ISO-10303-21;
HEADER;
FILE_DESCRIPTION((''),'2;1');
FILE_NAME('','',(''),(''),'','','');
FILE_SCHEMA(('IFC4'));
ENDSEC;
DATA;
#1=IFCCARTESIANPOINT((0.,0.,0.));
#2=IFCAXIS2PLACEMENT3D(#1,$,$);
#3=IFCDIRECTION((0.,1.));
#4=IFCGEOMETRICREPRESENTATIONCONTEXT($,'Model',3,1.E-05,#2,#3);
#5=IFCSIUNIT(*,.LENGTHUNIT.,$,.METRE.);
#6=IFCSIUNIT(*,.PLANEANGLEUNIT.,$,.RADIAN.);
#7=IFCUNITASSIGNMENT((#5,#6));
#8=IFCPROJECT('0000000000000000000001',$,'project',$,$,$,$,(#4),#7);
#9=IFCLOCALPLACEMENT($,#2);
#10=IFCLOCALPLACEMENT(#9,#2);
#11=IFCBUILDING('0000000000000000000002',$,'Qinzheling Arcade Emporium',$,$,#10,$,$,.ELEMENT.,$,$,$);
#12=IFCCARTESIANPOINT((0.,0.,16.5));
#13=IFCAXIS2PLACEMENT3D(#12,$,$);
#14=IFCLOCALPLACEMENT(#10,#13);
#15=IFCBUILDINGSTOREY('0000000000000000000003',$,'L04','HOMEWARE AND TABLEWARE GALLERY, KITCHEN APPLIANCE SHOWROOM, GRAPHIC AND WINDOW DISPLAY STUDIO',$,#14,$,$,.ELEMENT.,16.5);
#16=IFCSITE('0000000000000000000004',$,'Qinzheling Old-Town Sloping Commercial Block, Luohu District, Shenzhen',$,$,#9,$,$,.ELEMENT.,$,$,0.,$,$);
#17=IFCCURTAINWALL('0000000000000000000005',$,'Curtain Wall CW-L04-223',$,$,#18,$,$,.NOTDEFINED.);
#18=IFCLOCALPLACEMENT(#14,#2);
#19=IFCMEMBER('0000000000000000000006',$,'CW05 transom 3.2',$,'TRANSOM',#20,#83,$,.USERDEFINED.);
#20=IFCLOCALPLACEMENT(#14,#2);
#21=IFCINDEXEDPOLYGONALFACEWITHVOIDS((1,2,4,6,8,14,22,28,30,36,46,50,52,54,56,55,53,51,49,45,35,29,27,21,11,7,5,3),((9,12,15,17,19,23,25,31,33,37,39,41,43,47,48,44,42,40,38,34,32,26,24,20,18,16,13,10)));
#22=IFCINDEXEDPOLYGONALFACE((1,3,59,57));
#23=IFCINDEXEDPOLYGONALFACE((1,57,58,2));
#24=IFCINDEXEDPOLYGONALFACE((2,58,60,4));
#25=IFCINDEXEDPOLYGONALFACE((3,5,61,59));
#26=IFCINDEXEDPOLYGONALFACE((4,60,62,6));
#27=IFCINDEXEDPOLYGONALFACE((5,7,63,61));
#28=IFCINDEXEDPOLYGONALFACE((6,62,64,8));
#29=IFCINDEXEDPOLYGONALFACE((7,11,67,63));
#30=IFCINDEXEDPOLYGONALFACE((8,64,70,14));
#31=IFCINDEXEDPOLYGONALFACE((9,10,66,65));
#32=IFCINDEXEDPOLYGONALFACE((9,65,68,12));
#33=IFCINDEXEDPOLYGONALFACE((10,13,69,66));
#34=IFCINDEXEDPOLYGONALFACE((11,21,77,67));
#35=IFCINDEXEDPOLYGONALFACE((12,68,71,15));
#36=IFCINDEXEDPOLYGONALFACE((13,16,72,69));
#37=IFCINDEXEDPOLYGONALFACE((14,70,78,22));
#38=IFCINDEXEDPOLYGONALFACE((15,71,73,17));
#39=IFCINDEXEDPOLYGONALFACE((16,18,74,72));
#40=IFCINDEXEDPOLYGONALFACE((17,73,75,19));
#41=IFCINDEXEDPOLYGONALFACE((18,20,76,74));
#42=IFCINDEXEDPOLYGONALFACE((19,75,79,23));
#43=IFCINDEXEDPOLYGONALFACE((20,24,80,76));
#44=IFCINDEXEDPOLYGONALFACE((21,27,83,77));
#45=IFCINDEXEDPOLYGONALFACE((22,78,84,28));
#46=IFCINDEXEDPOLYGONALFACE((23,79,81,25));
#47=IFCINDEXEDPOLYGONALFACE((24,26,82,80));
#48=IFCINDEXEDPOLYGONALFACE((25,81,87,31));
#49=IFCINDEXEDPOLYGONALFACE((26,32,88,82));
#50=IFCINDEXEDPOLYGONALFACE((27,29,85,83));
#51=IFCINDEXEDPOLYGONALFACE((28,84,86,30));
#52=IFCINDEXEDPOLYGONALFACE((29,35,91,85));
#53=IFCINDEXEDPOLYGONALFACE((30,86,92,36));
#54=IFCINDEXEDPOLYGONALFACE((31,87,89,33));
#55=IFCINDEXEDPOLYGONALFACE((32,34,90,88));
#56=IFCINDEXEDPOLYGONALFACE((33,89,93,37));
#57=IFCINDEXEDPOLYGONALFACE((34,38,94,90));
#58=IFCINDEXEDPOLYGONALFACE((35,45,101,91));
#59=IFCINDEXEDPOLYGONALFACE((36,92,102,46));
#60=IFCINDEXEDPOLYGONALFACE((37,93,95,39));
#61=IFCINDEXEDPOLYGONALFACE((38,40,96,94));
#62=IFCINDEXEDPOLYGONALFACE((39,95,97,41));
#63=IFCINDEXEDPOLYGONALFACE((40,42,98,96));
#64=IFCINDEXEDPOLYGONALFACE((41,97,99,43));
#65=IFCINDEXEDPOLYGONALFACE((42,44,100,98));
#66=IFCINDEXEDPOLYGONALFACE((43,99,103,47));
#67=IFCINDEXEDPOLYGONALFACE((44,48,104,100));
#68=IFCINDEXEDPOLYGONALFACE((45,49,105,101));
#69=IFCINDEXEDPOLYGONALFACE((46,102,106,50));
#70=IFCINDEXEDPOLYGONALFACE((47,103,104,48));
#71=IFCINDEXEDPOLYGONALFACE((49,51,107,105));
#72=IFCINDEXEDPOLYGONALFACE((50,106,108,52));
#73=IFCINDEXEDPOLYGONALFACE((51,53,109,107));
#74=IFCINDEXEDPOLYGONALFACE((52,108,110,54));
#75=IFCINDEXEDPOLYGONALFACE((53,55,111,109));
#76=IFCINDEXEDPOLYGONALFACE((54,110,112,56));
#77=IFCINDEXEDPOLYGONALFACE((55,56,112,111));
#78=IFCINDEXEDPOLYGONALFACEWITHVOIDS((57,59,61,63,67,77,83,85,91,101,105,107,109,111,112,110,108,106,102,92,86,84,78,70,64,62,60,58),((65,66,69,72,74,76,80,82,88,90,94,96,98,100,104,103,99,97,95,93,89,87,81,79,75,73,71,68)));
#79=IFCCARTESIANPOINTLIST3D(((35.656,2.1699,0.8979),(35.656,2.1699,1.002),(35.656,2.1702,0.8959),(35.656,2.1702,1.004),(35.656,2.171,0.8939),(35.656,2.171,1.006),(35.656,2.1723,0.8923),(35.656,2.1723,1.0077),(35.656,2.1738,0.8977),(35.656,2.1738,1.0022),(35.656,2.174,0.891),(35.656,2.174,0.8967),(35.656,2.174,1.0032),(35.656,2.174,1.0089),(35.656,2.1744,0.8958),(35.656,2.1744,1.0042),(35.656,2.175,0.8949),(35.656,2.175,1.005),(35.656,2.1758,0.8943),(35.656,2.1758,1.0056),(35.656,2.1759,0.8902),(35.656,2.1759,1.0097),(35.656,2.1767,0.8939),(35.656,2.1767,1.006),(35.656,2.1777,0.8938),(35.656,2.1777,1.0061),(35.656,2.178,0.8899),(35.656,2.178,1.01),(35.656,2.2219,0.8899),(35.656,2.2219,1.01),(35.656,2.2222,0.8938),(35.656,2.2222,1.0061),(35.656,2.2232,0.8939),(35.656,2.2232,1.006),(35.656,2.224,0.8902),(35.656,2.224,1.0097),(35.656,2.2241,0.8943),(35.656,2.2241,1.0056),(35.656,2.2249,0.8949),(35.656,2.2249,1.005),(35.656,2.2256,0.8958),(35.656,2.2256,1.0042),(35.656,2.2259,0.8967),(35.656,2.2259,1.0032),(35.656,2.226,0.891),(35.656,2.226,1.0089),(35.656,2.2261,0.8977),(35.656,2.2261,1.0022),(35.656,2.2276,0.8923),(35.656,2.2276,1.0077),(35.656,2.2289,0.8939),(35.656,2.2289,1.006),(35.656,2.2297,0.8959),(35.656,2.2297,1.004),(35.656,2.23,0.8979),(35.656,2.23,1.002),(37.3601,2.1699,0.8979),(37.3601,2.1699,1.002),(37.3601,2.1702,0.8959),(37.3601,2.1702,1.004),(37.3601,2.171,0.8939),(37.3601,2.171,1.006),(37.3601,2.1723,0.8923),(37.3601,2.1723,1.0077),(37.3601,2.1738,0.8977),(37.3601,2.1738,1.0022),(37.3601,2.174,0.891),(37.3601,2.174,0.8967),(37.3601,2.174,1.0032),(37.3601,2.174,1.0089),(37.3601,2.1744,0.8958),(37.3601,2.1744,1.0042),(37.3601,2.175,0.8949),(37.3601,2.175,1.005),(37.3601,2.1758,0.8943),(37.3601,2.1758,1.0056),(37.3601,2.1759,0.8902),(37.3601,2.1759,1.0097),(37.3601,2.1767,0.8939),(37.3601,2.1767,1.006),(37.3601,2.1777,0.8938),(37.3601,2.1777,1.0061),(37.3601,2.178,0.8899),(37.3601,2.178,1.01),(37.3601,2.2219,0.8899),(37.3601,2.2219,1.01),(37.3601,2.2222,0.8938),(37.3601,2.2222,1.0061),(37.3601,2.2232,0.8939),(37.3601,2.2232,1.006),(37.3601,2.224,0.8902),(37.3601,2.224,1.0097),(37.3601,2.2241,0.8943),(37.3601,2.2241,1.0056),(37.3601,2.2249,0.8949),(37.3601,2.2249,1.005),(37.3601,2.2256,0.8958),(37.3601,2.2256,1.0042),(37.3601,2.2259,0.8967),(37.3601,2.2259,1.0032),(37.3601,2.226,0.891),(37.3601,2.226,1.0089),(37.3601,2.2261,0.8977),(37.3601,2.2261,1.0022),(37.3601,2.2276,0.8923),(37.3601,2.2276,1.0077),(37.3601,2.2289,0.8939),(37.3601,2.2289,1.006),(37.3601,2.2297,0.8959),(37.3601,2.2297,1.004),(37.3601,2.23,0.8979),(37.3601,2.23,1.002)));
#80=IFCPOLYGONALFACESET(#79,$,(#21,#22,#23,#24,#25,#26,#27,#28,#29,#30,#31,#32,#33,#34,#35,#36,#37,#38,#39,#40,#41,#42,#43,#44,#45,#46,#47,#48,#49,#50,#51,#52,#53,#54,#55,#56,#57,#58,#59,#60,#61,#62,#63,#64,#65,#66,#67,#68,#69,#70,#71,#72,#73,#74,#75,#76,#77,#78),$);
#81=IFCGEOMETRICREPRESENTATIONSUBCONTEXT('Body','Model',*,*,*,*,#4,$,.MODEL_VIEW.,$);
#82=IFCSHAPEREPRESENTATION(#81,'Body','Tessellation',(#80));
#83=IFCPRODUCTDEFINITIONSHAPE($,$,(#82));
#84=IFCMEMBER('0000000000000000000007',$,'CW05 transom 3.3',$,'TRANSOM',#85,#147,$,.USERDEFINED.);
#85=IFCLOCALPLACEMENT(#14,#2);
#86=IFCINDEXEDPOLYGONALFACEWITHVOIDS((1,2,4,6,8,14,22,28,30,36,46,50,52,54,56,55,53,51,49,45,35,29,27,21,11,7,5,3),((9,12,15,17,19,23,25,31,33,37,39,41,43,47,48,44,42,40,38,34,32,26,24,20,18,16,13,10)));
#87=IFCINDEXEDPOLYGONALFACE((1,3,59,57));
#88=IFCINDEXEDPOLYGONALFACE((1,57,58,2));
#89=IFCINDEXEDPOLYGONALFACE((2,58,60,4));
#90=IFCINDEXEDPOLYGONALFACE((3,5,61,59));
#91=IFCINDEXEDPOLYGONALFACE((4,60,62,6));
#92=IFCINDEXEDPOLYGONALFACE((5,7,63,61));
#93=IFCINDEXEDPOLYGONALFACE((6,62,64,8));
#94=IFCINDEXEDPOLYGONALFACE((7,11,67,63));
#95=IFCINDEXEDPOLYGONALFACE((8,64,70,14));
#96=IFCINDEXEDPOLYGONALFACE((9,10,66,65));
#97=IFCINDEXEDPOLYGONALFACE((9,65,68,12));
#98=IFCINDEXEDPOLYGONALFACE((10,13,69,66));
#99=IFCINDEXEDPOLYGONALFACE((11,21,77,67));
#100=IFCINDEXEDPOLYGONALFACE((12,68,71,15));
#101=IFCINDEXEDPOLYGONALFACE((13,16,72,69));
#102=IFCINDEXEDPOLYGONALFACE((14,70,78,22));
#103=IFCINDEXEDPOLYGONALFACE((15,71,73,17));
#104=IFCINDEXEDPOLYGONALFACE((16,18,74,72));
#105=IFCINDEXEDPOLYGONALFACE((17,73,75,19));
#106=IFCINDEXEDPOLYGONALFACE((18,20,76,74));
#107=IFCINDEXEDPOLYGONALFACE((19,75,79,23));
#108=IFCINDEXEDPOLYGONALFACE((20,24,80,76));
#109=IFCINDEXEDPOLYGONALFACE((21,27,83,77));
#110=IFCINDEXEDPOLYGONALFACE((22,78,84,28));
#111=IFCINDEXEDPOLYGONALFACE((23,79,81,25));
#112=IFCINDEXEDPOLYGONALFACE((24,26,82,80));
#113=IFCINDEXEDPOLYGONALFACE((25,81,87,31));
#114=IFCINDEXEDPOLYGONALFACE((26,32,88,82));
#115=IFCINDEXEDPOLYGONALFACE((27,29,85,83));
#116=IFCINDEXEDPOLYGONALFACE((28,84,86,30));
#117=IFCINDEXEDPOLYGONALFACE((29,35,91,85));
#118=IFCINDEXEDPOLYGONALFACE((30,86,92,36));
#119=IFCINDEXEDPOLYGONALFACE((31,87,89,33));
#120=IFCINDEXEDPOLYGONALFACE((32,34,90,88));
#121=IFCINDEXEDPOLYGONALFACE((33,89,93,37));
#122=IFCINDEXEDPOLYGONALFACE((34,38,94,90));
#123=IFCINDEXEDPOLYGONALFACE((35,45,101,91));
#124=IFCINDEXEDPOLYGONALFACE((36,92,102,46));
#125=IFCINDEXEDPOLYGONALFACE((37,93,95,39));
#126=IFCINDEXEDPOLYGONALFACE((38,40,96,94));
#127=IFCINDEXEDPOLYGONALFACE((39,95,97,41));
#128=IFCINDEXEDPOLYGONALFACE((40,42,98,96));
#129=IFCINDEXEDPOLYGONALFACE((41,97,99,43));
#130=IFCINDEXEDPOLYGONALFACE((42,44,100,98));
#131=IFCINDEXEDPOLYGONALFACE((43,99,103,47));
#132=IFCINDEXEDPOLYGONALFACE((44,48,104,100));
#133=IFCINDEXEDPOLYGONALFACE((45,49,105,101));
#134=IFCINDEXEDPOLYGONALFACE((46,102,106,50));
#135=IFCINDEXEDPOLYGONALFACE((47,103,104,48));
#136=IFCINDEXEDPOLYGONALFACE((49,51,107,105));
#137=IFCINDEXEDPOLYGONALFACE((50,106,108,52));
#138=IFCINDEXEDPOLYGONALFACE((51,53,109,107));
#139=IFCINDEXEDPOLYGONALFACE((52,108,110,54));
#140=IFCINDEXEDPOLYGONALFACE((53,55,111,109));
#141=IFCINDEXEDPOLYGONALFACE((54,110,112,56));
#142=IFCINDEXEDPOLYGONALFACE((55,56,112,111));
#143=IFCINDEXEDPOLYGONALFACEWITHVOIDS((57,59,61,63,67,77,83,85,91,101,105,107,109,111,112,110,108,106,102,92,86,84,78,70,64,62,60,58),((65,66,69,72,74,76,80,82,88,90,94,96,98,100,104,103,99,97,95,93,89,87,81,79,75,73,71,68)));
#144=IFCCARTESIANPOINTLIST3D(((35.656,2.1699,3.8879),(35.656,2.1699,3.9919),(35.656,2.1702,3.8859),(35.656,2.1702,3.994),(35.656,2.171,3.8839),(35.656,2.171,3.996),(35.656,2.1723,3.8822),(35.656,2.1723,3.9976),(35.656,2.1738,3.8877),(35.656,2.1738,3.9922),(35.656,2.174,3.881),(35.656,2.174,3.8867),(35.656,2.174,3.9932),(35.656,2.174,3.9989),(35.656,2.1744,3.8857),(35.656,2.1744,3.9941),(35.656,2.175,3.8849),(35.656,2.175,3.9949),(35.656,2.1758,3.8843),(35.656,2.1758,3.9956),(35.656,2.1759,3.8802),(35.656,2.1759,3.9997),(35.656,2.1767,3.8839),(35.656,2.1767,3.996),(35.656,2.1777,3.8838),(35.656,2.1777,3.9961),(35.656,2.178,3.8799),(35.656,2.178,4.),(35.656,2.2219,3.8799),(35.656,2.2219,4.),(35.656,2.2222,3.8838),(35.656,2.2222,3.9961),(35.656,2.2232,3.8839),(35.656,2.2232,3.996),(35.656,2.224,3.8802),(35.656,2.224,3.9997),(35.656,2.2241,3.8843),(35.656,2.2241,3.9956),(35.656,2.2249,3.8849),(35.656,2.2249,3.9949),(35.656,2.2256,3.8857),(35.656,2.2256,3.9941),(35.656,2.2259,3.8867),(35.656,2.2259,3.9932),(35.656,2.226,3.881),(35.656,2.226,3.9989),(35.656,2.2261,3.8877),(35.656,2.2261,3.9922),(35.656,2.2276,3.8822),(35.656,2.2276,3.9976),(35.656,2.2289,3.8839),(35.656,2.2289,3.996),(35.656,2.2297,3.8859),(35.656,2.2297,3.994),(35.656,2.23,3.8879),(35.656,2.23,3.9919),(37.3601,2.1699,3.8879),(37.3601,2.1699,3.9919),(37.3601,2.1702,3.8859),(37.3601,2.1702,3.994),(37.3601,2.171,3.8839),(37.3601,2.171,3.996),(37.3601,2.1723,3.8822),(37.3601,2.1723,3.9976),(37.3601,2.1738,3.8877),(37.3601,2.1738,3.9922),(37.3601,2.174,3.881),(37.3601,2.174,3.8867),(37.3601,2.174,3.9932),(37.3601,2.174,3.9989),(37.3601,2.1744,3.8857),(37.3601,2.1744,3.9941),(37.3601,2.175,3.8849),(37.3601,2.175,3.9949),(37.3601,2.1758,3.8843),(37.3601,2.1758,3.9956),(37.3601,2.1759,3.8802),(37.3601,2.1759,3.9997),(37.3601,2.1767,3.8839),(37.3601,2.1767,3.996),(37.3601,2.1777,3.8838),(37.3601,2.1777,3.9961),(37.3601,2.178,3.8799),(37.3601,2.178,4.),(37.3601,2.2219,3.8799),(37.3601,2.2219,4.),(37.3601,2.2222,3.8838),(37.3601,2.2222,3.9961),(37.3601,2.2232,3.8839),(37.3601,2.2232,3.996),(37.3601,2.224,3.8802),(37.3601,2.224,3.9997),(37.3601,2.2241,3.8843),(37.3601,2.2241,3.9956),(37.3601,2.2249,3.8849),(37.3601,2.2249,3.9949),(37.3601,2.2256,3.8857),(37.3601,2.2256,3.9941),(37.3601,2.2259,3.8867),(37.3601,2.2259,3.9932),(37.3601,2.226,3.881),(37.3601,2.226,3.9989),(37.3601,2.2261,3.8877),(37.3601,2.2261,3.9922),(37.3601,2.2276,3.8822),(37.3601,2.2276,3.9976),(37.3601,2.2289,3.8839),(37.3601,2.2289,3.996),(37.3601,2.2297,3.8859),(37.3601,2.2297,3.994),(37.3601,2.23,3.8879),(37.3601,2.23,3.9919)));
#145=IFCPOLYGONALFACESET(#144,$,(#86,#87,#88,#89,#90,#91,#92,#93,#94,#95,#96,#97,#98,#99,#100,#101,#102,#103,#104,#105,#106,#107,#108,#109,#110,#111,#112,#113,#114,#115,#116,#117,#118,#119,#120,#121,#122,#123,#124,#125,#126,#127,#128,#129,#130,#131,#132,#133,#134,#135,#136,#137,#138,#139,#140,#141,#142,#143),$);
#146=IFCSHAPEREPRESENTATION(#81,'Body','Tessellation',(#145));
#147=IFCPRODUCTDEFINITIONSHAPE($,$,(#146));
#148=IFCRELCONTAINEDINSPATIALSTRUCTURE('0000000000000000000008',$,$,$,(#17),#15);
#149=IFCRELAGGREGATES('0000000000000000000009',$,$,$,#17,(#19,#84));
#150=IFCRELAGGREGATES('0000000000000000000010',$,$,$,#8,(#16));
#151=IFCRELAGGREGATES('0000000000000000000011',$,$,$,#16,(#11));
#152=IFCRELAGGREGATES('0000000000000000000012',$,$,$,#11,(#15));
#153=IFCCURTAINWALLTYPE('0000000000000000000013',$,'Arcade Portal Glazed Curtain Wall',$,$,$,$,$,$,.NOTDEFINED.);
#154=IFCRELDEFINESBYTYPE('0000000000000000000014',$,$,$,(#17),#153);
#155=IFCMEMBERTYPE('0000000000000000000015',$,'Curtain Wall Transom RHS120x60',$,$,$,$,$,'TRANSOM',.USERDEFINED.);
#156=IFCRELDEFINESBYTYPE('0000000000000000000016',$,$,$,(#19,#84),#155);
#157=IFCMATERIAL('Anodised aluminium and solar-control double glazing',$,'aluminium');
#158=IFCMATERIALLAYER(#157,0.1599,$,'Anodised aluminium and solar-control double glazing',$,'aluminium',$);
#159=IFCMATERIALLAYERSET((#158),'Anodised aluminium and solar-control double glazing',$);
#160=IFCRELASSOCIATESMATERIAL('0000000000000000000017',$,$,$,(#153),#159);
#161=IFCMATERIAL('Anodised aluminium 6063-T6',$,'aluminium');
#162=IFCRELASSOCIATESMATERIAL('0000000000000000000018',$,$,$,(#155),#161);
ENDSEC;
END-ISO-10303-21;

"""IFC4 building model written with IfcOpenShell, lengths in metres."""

from ifc_helpers import new_model, si_unit, direction, frame, origin, origin_2d, place, context, subcontext, project, spatial, hollow_rectangle, extrude, material, layer, layer_set, material_profile, profile_set, type_object, element, aggregate, save


model = new_model("IFC4")

# Units and contexts
model_context = context("Model", 3, precision=1e-05, world=origin(), true_north=direction((0.0, 1.0)))
body_context = subcontext(model_context, "Body", "Model", "MODEL_VIEW")
ifc_project = project(units=[si_unit("LENGTHUNIT", "METRE"), si_unit("PLANEANGLEUNIT", "RADIAN")], contexts=[model_context])

# Site, building, storey
site_placement = place(None, origin())
site = spatial("IfcSite", under=ifc_project, at=site_placement, Name="Qinzheling Old-Town Sloping Commercial Block, Luohu District, Shenzhen", CompositionType="ELEMENT", RefElevation=0.0)
building_placement = place(site_placement, origin())
building = spatial("IfcBuilding", under=site, at=building_placement, Name="Qinzheling Arcade Emporium", CompositionType="ELEMENT")
storey_placement = place(building_placement, frame((0.0, 0.0, 16.5)))
storey = spatial("IfcBuildingStorey", under=building, at=storey_placement, Name="L04", Description="HOMEWARE AND TABLEWARE GALLERY, KITCHEN APPLIANCE SHOWROOM, GRAPHIC AND WINDOW DISPLAY STUDIO", CompositionType="ELEMENT", Elevation=16.5)

# Curtain wall
ifc_material_1 = material(Name="Anodised aluminium and solar-control double glazing", Category="aluminium")
ifc_layer_1 = layer(ifc_material_1, 0.1599, Name="Anodised aluminium and solar-control double glazing", Category="aluminium")
ifc_layer_set_1 = layer_set([ifc_layer_1], Name="Anodised aluminium and solar-control double glazing")
curtain_wall_type = type_object("IfcCurtainWallType", Name="Arcade Portal Glazed Curtain Wall", PredefinedType="NOTDEFINED", material=ifc_layer_set_1)
ifc_material_2 = material(Name="Anodised aluminium 6063-T6", Category="aluminium")
curtain_wall_1_placement = place(storey_placement, origin())
curtain_wall_1 = element("IfcCurtainWall", 1, at=curtain_wall_1_placement, inside=storey, type_object=curtain_wall_type, Name="Curtain Wall CW-L04-223", PredefinedType="NOTDEFINED")

# Members
ifc_material_profile_1 = material_profile(ifc_material_2, hollow_rectangle(XDim=0.0601, YDim=0.1201, WallThickness=0.0039, InnerFilletRadius=0.0039, OuterFilletRadius=0.0081, at=origin_2d()), Name="RHS 120x60x4", Category="aluminium")
ifc_profile_set_1 = profile_set([ifc_material_profile_1], Name="Anodised aluminium 6063-T6")
member_type_1 = type_object("IfcMemberType", Name="Curtain Wall Transom RHS120x60", ElementType="TRANSOM", PredefinedType="USERDEFINED", material=ifc_profile_set_1)
member_1_placement = place(storey_placement, frame((37.3601, 2.2, 0.95), z_axis=(-1.0, 0.0, 0.0), x_axis=(0.0, -1.0, 0.0)))
member_1 = element("IfcMember", 2, at=member_1_placement, type_object=member_type_1, Name="CW05 transom 3.2", ObjectType="TRANSOM", PredefinedType="USERDEFINED", context=body_context, shape_type="SweptSolid", body=[
    extrude(hollow_rectangle(XDim=0.0601, YDim=0.1201, WallThickness=0.0039, InnerFilletRadius=0.0039, OuterFilletRadius=0.0081, at=origin_2d()), origin(), (0.0, 0.0, 1.0), 1.7041),
])
member_2_placement = place(storey_placement, frame((37.3601, 2.2, 3.9399), z_axis=(-1.0, 0.0, 0.0), x_axis=(0.0, -1.0, 0.0)))
member_2 = element("IfcMember", 3, at=member_2_placement, type_object=member_type_1, Name="CW05 transom 3.3", ObjectType="TRANSOM", PredefinedType="USERDEFINED", context=body_context, shape_type="SweptSolid", body=[
    extrude(hollow_rectangle(XDim=0.0601, YDim=0.1201, WallThickness=0.0039, InnerFilletRadius=0.0039, OuterFilletRadius=0.0081, at=origin_2d()), origin(), (0.0, 0.0, 1.0), 1.7041),
])

aggregate(curtain_wall_1, [member_1, member_2])

save(model, "model.ifc")
